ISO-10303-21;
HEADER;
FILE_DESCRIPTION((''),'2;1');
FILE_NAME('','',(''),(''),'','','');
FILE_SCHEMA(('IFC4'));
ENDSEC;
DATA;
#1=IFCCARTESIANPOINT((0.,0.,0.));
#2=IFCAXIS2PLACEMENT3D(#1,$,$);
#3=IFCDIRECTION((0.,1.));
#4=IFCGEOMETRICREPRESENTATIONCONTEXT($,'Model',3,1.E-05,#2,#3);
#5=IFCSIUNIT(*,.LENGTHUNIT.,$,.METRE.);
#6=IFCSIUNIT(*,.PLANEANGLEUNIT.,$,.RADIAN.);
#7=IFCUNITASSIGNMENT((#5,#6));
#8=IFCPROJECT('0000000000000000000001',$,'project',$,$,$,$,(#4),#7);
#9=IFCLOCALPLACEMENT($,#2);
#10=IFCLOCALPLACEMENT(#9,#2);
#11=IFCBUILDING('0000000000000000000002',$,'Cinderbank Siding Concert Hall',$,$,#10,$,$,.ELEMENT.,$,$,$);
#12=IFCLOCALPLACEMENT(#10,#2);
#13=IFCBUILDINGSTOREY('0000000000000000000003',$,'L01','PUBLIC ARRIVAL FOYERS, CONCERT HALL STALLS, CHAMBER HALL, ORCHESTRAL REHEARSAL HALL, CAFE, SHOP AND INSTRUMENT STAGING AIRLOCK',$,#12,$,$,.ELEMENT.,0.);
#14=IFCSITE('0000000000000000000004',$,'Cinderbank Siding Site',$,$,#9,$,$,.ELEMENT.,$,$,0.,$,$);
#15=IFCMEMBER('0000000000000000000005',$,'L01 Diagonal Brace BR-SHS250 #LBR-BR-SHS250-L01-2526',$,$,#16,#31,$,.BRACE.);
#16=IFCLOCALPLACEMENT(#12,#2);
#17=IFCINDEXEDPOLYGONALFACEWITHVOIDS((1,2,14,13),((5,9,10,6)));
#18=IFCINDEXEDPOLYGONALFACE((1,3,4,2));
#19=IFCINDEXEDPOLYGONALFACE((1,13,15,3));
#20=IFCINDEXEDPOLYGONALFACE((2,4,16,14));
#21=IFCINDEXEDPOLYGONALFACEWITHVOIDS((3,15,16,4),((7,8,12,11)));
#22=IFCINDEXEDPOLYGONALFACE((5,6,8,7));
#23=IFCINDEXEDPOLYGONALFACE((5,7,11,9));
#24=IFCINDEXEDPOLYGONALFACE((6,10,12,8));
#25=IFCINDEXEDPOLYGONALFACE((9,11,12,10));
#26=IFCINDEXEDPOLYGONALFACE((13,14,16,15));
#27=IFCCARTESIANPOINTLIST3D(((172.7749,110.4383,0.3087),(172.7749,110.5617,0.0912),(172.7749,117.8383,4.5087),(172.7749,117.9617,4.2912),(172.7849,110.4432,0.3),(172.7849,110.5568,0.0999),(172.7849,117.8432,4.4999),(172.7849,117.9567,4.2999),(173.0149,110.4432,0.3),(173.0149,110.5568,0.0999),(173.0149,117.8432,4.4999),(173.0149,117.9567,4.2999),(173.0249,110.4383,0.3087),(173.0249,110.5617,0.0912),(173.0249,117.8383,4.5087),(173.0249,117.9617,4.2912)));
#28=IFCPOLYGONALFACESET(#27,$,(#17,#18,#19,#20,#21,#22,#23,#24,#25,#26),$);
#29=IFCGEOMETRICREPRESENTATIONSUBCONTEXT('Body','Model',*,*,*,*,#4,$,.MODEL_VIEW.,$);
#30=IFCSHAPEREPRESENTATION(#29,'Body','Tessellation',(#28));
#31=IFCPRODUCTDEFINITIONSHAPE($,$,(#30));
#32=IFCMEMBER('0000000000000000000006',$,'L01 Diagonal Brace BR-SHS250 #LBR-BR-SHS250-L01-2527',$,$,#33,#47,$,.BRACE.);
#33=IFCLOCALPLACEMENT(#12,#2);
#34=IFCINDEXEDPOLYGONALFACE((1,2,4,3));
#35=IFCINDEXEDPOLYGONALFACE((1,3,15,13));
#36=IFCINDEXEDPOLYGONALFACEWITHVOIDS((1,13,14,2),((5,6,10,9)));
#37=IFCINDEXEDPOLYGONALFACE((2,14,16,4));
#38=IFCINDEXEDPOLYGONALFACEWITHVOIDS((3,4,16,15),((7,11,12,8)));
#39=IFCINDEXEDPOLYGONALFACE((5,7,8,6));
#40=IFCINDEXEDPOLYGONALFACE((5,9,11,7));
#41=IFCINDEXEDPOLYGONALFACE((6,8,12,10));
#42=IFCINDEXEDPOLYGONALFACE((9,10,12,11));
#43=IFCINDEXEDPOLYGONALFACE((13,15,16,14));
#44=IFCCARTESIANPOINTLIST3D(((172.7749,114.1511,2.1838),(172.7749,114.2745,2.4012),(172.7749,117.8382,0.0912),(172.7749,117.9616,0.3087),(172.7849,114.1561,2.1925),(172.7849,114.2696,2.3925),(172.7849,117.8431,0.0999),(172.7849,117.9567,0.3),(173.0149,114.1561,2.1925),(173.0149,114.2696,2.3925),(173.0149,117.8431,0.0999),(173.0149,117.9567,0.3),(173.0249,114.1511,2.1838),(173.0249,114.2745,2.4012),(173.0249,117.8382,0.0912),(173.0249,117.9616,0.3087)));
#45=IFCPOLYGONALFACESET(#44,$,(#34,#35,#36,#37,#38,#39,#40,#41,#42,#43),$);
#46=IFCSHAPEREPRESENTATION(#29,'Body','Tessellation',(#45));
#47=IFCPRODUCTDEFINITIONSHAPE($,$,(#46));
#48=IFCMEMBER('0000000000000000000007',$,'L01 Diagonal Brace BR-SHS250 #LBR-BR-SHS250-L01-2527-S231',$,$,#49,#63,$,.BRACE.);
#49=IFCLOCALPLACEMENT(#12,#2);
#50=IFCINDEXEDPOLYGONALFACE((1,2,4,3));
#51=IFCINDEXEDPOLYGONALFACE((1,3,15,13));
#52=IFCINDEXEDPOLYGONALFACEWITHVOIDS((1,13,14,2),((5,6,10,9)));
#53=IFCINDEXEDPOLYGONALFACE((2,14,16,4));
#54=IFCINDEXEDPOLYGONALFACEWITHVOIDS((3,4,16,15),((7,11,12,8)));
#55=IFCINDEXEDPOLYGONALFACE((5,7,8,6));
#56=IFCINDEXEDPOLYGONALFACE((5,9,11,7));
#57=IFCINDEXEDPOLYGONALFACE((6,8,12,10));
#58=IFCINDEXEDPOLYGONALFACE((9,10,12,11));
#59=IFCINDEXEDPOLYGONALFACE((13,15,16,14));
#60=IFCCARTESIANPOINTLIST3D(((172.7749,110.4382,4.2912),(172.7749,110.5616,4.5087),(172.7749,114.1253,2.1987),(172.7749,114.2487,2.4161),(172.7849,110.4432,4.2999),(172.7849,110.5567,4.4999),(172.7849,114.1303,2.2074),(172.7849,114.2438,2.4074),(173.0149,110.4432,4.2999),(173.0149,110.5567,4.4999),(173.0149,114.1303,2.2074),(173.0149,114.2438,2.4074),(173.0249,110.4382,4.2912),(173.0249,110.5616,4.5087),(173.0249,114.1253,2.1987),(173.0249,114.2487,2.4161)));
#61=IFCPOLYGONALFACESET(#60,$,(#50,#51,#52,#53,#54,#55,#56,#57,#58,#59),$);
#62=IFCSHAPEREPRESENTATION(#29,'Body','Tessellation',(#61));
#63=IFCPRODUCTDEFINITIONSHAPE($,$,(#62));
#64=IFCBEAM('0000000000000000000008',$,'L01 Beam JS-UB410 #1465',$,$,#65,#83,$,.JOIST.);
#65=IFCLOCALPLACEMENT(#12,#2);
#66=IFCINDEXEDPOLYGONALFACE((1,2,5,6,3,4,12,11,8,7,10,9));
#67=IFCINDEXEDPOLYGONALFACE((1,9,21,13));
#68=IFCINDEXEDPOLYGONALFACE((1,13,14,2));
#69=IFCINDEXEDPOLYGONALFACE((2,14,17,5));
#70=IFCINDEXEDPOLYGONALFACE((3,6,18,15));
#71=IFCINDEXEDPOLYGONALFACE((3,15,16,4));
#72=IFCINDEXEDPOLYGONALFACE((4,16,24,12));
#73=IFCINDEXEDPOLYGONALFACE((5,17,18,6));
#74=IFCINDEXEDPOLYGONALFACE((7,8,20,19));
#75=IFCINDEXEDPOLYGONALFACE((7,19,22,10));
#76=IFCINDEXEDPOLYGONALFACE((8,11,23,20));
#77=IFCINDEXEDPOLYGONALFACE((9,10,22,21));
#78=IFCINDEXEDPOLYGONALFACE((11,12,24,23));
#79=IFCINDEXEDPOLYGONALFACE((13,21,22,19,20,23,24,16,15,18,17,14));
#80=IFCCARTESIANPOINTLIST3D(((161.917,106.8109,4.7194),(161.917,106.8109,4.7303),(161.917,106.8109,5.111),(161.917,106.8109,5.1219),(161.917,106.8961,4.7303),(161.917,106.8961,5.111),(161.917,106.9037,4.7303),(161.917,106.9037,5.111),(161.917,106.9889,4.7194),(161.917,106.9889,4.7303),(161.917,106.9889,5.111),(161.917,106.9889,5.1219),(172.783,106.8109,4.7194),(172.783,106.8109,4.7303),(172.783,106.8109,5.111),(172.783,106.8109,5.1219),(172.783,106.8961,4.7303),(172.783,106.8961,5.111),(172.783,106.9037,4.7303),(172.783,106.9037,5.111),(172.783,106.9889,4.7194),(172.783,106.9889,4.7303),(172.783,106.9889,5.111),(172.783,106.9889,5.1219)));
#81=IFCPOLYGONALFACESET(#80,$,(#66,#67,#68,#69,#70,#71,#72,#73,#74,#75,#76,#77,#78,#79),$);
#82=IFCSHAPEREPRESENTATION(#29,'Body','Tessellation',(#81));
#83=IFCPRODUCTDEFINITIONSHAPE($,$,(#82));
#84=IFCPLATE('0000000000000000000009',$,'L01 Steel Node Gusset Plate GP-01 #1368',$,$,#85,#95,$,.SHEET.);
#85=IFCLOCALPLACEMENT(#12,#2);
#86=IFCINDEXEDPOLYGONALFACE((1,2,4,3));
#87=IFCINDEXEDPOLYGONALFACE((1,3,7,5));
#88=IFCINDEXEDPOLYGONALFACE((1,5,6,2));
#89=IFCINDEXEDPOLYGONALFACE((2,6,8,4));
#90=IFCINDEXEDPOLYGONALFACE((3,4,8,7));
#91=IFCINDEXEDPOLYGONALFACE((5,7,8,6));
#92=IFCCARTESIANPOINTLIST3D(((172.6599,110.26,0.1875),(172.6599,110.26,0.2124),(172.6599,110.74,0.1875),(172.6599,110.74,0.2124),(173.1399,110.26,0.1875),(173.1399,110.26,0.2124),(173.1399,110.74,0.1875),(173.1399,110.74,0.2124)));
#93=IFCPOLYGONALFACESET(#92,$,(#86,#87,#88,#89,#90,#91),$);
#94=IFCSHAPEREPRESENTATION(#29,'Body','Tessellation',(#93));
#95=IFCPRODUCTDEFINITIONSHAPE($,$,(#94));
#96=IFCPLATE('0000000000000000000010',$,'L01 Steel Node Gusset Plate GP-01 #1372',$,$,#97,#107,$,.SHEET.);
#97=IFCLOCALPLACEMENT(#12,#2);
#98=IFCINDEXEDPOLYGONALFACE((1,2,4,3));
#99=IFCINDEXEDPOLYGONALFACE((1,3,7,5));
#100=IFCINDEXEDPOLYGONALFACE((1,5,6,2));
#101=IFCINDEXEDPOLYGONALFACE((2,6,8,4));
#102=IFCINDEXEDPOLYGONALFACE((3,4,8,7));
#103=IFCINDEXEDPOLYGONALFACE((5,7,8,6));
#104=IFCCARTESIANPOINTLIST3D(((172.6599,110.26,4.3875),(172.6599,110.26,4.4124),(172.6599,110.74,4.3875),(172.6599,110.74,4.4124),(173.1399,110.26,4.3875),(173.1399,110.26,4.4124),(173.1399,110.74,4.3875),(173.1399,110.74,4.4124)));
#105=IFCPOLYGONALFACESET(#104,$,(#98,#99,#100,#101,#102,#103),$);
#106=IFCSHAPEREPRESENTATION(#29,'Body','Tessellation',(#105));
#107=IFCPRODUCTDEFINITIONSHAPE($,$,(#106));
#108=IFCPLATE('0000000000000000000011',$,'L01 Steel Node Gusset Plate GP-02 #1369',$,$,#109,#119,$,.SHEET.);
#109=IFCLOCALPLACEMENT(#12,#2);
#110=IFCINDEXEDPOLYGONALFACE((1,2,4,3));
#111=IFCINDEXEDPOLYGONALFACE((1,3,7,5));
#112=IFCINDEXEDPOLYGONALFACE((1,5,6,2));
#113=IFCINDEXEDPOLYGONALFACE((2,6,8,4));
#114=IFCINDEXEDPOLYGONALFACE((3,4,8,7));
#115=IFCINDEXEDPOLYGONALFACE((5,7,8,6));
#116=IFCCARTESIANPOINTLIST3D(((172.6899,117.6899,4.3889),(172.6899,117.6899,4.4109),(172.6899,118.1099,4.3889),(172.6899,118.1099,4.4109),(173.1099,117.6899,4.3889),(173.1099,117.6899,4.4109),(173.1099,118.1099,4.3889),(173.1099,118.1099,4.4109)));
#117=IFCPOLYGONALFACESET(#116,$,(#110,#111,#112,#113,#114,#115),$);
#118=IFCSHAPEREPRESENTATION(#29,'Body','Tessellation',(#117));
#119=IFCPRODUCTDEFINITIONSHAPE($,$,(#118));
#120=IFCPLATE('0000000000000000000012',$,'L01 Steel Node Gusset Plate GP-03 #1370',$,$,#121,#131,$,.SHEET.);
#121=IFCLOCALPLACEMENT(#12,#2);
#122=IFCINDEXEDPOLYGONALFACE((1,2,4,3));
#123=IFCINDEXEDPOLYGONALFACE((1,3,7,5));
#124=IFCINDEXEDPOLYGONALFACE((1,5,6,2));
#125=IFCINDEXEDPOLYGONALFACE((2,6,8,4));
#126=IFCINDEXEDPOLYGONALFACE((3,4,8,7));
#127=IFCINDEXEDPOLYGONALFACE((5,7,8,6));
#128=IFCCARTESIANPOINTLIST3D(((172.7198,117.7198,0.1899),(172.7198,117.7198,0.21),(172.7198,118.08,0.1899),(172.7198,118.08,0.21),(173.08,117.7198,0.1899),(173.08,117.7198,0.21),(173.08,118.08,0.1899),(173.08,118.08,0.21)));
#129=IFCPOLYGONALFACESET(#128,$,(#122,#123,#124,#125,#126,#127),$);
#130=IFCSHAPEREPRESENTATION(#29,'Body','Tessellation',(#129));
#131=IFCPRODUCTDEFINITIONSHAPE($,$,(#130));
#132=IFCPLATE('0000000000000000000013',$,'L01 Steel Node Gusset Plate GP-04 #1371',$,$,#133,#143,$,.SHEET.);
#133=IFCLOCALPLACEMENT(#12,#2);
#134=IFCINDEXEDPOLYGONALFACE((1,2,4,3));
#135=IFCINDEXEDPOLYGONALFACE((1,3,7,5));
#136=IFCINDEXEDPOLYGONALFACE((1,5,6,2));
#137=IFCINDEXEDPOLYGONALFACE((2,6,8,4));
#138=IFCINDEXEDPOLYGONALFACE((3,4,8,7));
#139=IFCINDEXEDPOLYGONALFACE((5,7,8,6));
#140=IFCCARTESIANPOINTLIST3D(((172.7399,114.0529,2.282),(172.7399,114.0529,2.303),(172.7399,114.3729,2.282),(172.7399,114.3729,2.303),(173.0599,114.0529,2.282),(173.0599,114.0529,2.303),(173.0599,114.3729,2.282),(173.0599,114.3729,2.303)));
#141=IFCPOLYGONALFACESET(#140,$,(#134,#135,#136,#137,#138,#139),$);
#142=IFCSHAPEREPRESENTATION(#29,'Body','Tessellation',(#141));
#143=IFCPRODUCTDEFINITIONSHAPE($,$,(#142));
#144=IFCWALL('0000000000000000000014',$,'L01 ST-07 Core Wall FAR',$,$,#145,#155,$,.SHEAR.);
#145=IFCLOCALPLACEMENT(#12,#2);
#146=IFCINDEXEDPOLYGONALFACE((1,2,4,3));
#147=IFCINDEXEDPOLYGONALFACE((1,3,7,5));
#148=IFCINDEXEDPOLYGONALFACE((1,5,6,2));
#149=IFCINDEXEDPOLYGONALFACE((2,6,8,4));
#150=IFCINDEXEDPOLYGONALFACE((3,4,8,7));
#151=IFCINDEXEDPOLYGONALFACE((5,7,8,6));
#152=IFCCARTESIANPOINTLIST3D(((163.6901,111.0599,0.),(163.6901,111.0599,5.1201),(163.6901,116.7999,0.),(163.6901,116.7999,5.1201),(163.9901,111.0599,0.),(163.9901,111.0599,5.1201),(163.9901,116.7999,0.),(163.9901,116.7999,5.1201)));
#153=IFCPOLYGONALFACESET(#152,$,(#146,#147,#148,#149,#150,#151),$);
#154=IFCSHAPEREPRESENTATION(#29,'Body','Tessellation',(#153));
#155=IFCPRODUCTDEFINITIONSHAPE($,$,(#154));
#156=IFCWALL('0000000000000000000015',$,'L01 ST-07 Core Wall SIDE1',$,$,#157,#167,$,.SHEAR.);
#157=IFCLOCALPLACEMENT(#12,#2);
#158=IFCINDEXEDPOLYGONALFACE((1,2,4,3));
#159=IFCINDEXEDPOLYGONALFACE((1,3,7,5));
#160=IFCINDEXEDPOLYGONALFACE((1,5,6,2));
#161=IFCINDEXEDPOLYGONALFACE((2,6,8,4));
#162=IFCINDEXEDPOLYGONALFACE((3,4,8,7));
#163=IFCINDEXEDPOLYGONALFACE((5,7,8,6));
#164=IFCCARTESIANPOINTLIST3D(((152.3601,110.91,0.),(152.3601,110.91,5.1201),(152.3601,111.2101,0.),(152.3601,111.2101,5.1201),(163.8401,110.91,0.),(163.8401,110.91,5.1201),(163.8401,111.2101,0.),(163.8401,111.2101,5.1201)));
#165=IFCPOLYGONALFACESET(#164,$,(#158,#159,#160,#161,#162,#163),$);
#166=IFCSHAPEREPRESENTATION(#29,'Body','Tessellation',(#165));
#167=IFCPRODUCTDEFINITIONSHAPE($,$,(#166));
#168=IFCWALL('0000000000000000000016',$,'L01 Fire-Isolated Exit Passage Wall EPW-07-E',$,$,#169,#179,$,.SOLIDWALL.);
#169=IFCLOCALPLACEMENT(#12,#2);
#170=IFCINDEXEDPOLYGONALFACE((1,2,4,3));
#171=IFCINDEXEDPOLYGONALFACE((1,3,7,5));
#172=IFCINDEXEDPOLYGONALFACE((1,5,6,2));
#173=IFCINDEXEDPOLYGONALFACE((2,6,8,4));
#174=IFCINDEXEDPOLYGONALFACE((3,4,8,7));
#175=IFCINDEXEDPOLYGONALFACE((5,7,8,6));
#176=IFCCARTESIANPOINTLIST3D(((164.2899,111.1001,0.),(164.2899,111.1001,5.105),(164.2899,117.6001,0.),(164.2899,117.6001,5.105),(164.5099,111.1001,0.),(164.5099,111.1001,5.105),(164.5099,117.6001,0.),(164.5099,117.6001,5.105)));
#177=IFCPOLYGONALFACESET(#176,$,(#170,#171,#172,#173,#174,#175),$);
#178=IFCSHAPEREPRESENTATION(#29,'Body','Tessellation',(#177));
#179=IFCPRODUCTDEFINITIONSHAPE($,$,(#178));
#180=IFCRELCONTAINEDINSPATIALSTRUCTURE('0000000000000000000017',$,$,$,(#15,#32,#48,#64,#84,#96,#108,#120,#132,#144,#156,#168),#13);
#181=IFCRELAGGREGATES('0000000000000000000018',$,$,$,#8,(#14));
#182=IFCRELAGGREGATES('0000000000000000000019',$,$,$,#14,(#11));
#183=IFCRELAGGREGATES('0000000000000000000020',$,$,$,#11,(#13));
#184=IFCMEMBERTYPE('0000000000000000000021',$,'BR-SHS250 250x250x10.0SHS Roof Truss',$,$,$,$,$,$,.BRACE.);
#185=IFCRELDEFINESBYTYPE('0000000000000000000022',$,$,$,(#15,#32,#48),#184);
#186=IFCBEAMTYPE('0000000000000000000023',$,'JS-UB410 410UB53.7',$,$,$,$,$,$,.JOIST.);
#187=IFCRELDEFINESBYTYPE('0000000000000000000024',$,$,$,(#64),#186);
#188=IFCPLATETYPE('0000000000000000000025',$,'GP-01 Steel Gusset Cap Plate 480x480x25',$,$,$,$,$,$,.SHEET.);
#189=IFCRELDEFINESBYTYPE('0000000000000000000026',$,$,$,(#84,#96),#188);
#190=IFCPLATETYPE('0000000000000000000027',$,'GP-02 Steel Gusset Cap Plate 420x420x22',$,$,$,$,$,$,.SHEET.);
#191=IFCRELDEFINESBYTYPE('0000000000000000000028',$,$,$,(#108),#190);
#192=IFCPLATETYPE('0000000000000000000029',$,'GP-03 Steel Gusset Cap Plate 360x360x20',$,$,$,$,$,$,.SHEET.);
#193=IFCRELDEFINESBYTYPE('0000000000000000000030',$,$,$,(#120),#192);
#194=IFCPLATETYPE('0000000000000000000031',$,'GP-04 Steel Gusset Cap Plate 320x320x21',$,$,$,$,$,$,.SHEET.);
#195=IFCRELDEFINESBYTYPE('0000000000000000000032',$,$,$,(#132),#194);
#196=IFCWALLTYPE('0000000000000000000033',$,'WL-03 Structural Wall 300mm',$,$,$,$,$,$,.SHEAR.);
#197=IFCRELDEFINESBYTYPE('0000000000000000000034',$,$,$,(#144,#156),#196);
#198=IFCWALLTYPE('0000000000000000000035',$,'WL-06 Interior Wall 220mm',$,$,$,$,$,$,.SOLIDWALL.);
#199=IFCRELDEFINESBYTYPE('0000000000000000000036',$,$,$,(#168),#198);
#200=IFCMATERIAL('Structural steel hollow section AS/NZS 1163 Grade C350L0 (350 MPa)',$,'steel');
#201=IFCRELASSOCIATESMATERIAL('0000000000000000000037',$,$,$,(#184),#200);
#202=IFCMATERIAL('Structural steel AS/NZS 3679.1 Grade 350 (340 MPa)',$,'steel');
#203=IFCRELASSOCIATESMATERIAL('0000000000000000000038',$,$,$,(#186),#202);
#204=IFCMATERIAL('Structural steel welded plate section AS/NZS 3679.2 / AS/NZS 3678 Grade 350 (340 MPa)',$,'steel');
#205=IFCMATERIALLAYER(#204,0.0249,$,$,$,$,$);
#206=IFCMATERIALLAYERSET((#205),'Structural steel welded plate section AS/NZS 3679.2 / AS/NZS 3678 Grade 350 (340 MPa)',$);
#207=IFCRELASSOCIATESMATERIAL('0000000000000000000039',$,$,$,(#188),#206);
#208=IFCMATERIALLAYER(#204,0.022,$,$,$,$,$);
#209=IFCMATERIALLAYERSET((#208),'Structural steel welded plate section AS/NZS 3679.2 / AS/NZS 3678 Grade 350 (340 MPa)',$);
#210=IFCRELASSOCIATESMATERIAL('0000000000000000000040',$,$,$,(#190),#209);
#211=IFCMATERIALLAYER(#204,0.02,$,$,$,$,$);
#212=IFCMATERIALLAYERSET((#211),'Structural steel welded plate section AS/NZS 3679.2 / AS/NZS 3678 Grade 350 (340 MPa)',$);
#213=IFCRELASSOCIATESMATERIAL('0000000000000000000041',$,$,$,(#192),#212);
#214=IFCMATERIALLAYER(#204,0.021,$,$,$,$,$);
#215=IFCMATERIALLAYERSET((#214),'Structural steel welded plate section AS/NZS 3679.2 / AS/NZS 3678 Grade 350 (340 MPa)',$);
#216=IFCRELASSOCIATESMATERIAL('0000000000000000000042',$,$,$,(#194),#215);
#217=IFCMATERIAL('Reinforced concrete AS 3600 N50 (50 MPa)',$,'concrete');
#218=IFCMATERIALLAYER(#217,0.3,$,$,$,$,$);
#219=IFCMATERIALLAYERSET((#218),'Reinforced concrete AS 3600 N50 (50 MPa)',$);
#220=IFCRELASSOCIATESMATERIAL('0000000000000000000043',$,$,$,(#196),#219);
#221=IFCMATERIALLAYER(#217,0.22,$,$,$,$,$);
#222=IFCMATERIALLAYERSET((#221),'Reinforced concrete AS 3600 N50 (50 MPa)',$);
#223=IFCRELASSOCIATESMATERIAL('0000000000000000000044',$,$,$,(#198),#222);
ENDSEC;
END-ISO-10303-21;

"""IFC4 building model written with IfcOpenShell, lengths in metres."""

from ifc_helpers import new_model, si_unit, direction, frame, frame_2d, origin, origin_2d, place, context, subcontext, project, spatial, rectangle, hollow_rectangle, i_section, extrude, material, layer, layer_set, material_profile, profile_set, type_object, element, save


model = new_model("IFC4")

# Units and contexts
model_context = context("Model", 3, precision=1e-05, world=origin(), true_north=direction((0.0, 1.0)))
body_context = subcontext(model_context, "Body", "Model", "MODEL_VIEW")
ifc_project = project(units=[si_unit("LENGTHUNIT", "METRE"), si_unit("PLANEANGLEUNIT", "RADIAN")], contexts=[model_context])

# Site, building, storey
site_placement = place(None, origin())
site = spatial("IfcSite", under=ifc_project, at=site_placement, Name="Cinderbank Siding Site", CompositionType="ELEMENT", RefElevation=0.0)
building_placement = place(site_placement, origin())
building = spatial("IfcBuilding", under=site, at=building_placement, Name="Cinderbank Siding Concert Hall", CompositionType="ELEMENT")
storey_placement = place(building_placement, origin())
storey = spatial("IfcBuildingStorey", under=building, at=storey_placement, Name="L01", Description="PUBLIC ARRIVAL FOYERS, CONCERT HALL STALLS, CHAMBER HALL, ORCHESTRAL REHEARSAL HALL, CAFE, SHOP AND INSTRUMENT STAGING AIRLOCK", CompositionType="ELEMENT", Elevation=0.0)

# Shared definitions
ifc_material_1 = material(Name="Reinforced concrete AS 3600 N50 (50 MPa)", Category="concrete")

# Shared definitions
ifc_material_2 = material(Name="Structural steel AS/NZS 3679.1 Grade 350 (340 MPa)", Category="steel")
ifc_material_3 = material(Name="Structural steel welded plate section AS/NZS 3679.2 / AS/NZS 3678 Grade 350 (340 MPa)", Category="steel")

# Members
ifc_material_4 = material(Name="Structural steel hollow section AS/NZS 1163 Grade C350L0 (350 MPa)", Category="steel")
ifc_material_profile_1 = material_profile(ifc_material_4, hollow_rectangle(XDim=0.25, YDim=0.25, WallThickness=0.01, at=origin_2d()), Name="250x250x10.0SHS", Category="LoadBearing")
ifc_profile_set_1 = profile_set([ifc_material_profile_1], Name="Structural steel hollow section AS/NZS 1163 Grade C350L0 (350 MPa)")
member_type = type_object("IfcMemberType", Name="BR-SHS250 250x250x10.0SHS Roof Truss", PredefinedType="BRACE", material=ifc_profile_set_1)
member_placement = place(storey_placement, frame((172.8999, 110.5, 0.2), z_axis=(0.0, 0.869686, 0.493606), x_axis=(-1.0, 0.0, 0.0)))
element("IfcMember", 1, at=member_placement, inside=storey, type_object=member_type, Name="L01 Diagonal Brace BR-SHS250 #LBR-BR-SHS250-L01-2526", PredefinedType="BRACE", context=body_context, shape_type="SweptSolid", body=[
    extrude(hollow_rectangle(XDim=0.25, YDim=0.25, WallThickness=0.01, at=origin_2d()), origin(), (0.0, 0.0, 1.0), 8.5088),
])
for number, where, z_axis, x_axis, name in (
    (2, (172.8999, 117.8999, 0.2), (0.0, -0.869696, 0.493588), (1.0, 0.0, 0.0), "L01 Diagonal Brace BR-SHS250 #LBR-BR-SHS250-L01-2527"),
    (3, (172.8999, 114.187, 2.3074), (0.0, -0.869696, 0.493588), (1.0, 0.0, 0.0), "L01 Diagonal Brace BR-SHS250 #LBR-BR-SHS250-L01-2527-S231"),
):
    element("IfcMember", number, at=place(storey_placement, frame(where, z_axis=z_axis, x_axis=x_axis)), inside=storey, type_object=member_type, Name=name, PredefinedType="BRACE", context=body_context, shape_type="SweptSolid", body=[
        extrude(hollow_rectangle(XDim=0.25, YDim=0.25, WallThickness=0.01, at=origin_2d()), origin(), (0.0, 0.0, 1.0), 4.2395),
    ])

# Beam
ifc_material_profile_2 = material_profile(ifc_material_2, i_section(OverallWidth=0.178, OverallDepth=0.4026, WebThickness=0.0076, FlangeThickness=0.011, at=origin_2d()), Name="410UB53.7", Category="LoadBearing")
ifc_profile_set_2 = profile_set([ifc_material_profile_2], Name="Structural steel AS/NZS 3679.1 Grade 350 (340 MPa)")
beam_type_1 = type_object("IfcBeamType", Name="JS-UB410 410UB53.7", PredefinedType="JOIST", material=ifc_profile_set_2)
beam_1_placement = place(storey_placement, frame((161.917, 106.8999, 4.9207), z_axis=(1.0, 0.0, 0.0), x_axis=(0.0, 1.0, 0.0)))
element("IfcBeam", 4, at=beam_1_placement, inside=storey, type_object=beam_type_1, Name="L01 Beam JS-UB410 #1465", PredefinedType="JOIST", context=body_context, shape_type="SweptSolid", body=[
    extrude(i_section(OverallWidth=0.178, OverallDepth=0.4026, WebThickness=0.0076, FlangeThickness=0.011, at=origin_2d()), origin(), (0.0, 0.0, 1.0), 10.866),
])

# Plates
ifc_layer_1 = layer(ifc_material_3, 0.0249)
ifc_layer_set_1 = layer_set([ifc_layer_1], Name="Structural steel welded plate section AS/NZS 3679.2 / AS/NZS 3678 Grade 350 (340 MPa)")
plate_type_1 = type_object("IfcPlateType", Name="GP-01 Steel Gusset Cap Plate 480x480x25", PredefinedType="SHEET", material=ifc_layer_set_1)
for number, where, z_axis, x_axis, name in (
    (5, (172.8999, 110.5, 0.1875), (0.0, 0.0, 1.0), (0.0, 1.0, 0.0), "L01 Steel Node Gusset Plate GP-01 #1368"),
    (6, (172.8999, 110.5, 4.3875), (0.0, 0.0, 1.0), (0.0, -1.0, 0.0), "L01 Steel Node Gusset Plate GP-01 #1372"),
):
    element("IfcPlate", number, at=place(storey_placement, frame(where, z_axis=z_axis, x_axis=x_axis)), inside=storey, type_object=plate_type_1, Name=name, PredefinedType="SHEET", context=body_context, shape_type="SweptSolid", body=[
        extrude(rectangle(XDim=0.48, YDim=0.48, at=origin_2d()), origin(), (0.0, 0.0, 1.0), 0.0249),
    ])
ifc_layer_2 = layer(ifc_material_3, 0.022)
ifc_layer_set_2 = layer_set([ifc_layer_2], Name="Structural steel welded plate section AS/NZS 3679.2 / AS/NZS 3678 Grade 350 (340 MPa)")
plate_type_2 = type_object("IfcPlateType", Name="GP-02 Steel Gusset Cap Plate 420x420x22", PredefinedType="SHEET", material=ifc_layer_set_2)
plate_1_placement = place(storey_placement, frame((172.8999, 117.8999, 4.3889), z_axis=(0.0, 0.0, 1.0), x_axis=(0.0, 1.0, 0.0)))
element("IfcPlate", 7, at=plate_1_placement, inside=storey, type_object=plate_type_2, Name="L01 Steel Node Gusset Plate GP-02 #1369", PredefinedType="SHEET", context=body_context, shape_type="SweptSolid", body=[
    extrude(rectangle(XDim=0.4199, YDim=0.4199, at=origin_2d()), origin(), (0.0, 0.0, 1.0), 0.022),
])
ifc_layer_3 = layer(ifc_material_3, 0.02)
ifc_layer_set_3 = layer_set([ifc_layer_3], Name="Structural steel welded plate section AS/NZS 3679.2 / AS/NZS 3678 Grade 350 (340 MPa)")
plate_type_3 = type_object("IfcPlateType", Name="GP-03 Steel Gusset Cap Plate 360x360x20", PredefinedType="SHEET", material=ifc_layer_set_3)
plate_2_placement = place(storey_placement, frame((172.8999, 117.8999, 0.1899), z_axis=(0.0, 0.0, 1.0), x_axis=(0.0, -1.0, 0.0)))
element("IfcPlate", 8, at=plate_2_placement, inside=storey, type_object=plate_type_3, Name="L01 Steel Node Gusset Plate GP-03 #1370", PredefinedType="SHEET", context=body_context, shape_type="SweptSolid", body=[
    extrude(rectangle(XDim=0.3601, YDim=0.3601, at=origin_2d()), origin(), (0.0, 0.0, 1.0), 0.02),
])
ifc_layer_4 = layer(ifc_material_3, 0.021)
ifc_layer_set_4 = layer_set([ifc_layer_4], Name="Structural steel welded plate section AS/NZS 3679.2 / AS/NZS 3678 Grade 350 (340 MPa)")
plate_type_4 = type_object("IfcPlateType", Name="GP-04 Steel Gusset Cap Plate 320x320x21", PredefinedType="SHEET", material=ifc_layer_set_4)
plate_3_placement = place(storey_placement, frame((172.8999, 114.2129, 2.282), z_axis=(0.0, 0.0, 1.0), x_axis=(0.0, -1.0, 0.0)))
element("IfcPlate", 9, at=plate_3_placement, inside=storey, type_object=plate_type_4, Name="L01 Steel Node Gusset Plate GP-04 #1371", PredefinedType="SHEET", context=body_context, shape_type="SweptSolid", body=[
    extrude(rectangle(XDim=0.3201, YDim=0.3201, at=origin_2d()), origin(), (0.0, 0.0, 1.0), 0.021),
])

# Walls
ifc_layer_5 = layer(ifc_material_1, 0.3)
ifc_layer_set_5 = layer_set([ifc_layer_5], Name="Reinforced concrete AS 3600 N50 (50 MPa)")
wall_type_1 = type_object("IfcWallType", Name="WL-03 Structural Wall 300mm", PredefinedType="SHEAR", material=ifc_layer_set_5)
wall_1_placement = place(storey_placement, frame((163.8401, 116.8, 0.0), z_axis=(0.0, 0.0, 1.0), x_axis=(0.0, -1.0, 0.0)))
element("IfcWall", 10, at=wall_1_placement, inside=storey, type_object=wall_type_1, Name="L01 ST-07 Core Wall FAR", PredefinedType="SHEAR", context=body_context, shape_type="SweptSolid", body=[
    extrude(rectangle(XDim=5.74, YDim=0.3, at=frame_2d((2.8701, 0.0))), origin(), (0.0, 0.0, 1.0), 5.1201),
])
wall_2_placement = place(storey_placement, frame((163.8401, 111.0601, 0.0), z_axis=(0.0, 0.0, 1.0), x_axis=(-1.0, 0.0, 0.0)))
element("IfcWall", 11, at=wall_2_placement, inside=storey, type_object=wall_type_1, Name="L01 ST-07 Core Wall SIDE1", PredefinedType="SHEAR", context=body_context, shape_type="SweptSolid", body=[
    extrude(rectangle(XDim=11.48, YDim=0.3, at=frame_2d((5.74, 0.0))), origin(), (0.0, 0.0, 1.0), 5.1201),
])
ifc_layer_6 = layer(ifc_material_1, 0.22)
ifc_layer_set_6 = layer_set([ifc_layer_6], Name="Reinforced concrete AS 3600 N50 (50 MPa)")
wall_type_2 = type_object("IfcWallType", Name="WL-06 Interior Wall 220mm", PredefinedType="SOLIDWALL", material=ifc_layer_set_6)
wall_3_placement = place(storey_placement, frame((164.3999, 111.1001, 0.0), z_axis=(0.0, 0.0, 1.0), x_axis=(0.0, 1.0, 0.0)))
element("IfcWall", 12, at=wall_3_placement, inside=storey, type_object=wall_type_2, Name="L01 Fire-Isolated Exit Passage Wall EPW-07-E", PredefinedType="SOLIDWALL", context=body_context, shape_type="SweptSolid", body=[
    extrude(rectangle(XDim=6.5, YDim=0.22, at=frame_2d((3.25, 0.0))), origin(), (0.0, 0.0, 1.0), 5.105),
])

save(model, "model.ifc")
